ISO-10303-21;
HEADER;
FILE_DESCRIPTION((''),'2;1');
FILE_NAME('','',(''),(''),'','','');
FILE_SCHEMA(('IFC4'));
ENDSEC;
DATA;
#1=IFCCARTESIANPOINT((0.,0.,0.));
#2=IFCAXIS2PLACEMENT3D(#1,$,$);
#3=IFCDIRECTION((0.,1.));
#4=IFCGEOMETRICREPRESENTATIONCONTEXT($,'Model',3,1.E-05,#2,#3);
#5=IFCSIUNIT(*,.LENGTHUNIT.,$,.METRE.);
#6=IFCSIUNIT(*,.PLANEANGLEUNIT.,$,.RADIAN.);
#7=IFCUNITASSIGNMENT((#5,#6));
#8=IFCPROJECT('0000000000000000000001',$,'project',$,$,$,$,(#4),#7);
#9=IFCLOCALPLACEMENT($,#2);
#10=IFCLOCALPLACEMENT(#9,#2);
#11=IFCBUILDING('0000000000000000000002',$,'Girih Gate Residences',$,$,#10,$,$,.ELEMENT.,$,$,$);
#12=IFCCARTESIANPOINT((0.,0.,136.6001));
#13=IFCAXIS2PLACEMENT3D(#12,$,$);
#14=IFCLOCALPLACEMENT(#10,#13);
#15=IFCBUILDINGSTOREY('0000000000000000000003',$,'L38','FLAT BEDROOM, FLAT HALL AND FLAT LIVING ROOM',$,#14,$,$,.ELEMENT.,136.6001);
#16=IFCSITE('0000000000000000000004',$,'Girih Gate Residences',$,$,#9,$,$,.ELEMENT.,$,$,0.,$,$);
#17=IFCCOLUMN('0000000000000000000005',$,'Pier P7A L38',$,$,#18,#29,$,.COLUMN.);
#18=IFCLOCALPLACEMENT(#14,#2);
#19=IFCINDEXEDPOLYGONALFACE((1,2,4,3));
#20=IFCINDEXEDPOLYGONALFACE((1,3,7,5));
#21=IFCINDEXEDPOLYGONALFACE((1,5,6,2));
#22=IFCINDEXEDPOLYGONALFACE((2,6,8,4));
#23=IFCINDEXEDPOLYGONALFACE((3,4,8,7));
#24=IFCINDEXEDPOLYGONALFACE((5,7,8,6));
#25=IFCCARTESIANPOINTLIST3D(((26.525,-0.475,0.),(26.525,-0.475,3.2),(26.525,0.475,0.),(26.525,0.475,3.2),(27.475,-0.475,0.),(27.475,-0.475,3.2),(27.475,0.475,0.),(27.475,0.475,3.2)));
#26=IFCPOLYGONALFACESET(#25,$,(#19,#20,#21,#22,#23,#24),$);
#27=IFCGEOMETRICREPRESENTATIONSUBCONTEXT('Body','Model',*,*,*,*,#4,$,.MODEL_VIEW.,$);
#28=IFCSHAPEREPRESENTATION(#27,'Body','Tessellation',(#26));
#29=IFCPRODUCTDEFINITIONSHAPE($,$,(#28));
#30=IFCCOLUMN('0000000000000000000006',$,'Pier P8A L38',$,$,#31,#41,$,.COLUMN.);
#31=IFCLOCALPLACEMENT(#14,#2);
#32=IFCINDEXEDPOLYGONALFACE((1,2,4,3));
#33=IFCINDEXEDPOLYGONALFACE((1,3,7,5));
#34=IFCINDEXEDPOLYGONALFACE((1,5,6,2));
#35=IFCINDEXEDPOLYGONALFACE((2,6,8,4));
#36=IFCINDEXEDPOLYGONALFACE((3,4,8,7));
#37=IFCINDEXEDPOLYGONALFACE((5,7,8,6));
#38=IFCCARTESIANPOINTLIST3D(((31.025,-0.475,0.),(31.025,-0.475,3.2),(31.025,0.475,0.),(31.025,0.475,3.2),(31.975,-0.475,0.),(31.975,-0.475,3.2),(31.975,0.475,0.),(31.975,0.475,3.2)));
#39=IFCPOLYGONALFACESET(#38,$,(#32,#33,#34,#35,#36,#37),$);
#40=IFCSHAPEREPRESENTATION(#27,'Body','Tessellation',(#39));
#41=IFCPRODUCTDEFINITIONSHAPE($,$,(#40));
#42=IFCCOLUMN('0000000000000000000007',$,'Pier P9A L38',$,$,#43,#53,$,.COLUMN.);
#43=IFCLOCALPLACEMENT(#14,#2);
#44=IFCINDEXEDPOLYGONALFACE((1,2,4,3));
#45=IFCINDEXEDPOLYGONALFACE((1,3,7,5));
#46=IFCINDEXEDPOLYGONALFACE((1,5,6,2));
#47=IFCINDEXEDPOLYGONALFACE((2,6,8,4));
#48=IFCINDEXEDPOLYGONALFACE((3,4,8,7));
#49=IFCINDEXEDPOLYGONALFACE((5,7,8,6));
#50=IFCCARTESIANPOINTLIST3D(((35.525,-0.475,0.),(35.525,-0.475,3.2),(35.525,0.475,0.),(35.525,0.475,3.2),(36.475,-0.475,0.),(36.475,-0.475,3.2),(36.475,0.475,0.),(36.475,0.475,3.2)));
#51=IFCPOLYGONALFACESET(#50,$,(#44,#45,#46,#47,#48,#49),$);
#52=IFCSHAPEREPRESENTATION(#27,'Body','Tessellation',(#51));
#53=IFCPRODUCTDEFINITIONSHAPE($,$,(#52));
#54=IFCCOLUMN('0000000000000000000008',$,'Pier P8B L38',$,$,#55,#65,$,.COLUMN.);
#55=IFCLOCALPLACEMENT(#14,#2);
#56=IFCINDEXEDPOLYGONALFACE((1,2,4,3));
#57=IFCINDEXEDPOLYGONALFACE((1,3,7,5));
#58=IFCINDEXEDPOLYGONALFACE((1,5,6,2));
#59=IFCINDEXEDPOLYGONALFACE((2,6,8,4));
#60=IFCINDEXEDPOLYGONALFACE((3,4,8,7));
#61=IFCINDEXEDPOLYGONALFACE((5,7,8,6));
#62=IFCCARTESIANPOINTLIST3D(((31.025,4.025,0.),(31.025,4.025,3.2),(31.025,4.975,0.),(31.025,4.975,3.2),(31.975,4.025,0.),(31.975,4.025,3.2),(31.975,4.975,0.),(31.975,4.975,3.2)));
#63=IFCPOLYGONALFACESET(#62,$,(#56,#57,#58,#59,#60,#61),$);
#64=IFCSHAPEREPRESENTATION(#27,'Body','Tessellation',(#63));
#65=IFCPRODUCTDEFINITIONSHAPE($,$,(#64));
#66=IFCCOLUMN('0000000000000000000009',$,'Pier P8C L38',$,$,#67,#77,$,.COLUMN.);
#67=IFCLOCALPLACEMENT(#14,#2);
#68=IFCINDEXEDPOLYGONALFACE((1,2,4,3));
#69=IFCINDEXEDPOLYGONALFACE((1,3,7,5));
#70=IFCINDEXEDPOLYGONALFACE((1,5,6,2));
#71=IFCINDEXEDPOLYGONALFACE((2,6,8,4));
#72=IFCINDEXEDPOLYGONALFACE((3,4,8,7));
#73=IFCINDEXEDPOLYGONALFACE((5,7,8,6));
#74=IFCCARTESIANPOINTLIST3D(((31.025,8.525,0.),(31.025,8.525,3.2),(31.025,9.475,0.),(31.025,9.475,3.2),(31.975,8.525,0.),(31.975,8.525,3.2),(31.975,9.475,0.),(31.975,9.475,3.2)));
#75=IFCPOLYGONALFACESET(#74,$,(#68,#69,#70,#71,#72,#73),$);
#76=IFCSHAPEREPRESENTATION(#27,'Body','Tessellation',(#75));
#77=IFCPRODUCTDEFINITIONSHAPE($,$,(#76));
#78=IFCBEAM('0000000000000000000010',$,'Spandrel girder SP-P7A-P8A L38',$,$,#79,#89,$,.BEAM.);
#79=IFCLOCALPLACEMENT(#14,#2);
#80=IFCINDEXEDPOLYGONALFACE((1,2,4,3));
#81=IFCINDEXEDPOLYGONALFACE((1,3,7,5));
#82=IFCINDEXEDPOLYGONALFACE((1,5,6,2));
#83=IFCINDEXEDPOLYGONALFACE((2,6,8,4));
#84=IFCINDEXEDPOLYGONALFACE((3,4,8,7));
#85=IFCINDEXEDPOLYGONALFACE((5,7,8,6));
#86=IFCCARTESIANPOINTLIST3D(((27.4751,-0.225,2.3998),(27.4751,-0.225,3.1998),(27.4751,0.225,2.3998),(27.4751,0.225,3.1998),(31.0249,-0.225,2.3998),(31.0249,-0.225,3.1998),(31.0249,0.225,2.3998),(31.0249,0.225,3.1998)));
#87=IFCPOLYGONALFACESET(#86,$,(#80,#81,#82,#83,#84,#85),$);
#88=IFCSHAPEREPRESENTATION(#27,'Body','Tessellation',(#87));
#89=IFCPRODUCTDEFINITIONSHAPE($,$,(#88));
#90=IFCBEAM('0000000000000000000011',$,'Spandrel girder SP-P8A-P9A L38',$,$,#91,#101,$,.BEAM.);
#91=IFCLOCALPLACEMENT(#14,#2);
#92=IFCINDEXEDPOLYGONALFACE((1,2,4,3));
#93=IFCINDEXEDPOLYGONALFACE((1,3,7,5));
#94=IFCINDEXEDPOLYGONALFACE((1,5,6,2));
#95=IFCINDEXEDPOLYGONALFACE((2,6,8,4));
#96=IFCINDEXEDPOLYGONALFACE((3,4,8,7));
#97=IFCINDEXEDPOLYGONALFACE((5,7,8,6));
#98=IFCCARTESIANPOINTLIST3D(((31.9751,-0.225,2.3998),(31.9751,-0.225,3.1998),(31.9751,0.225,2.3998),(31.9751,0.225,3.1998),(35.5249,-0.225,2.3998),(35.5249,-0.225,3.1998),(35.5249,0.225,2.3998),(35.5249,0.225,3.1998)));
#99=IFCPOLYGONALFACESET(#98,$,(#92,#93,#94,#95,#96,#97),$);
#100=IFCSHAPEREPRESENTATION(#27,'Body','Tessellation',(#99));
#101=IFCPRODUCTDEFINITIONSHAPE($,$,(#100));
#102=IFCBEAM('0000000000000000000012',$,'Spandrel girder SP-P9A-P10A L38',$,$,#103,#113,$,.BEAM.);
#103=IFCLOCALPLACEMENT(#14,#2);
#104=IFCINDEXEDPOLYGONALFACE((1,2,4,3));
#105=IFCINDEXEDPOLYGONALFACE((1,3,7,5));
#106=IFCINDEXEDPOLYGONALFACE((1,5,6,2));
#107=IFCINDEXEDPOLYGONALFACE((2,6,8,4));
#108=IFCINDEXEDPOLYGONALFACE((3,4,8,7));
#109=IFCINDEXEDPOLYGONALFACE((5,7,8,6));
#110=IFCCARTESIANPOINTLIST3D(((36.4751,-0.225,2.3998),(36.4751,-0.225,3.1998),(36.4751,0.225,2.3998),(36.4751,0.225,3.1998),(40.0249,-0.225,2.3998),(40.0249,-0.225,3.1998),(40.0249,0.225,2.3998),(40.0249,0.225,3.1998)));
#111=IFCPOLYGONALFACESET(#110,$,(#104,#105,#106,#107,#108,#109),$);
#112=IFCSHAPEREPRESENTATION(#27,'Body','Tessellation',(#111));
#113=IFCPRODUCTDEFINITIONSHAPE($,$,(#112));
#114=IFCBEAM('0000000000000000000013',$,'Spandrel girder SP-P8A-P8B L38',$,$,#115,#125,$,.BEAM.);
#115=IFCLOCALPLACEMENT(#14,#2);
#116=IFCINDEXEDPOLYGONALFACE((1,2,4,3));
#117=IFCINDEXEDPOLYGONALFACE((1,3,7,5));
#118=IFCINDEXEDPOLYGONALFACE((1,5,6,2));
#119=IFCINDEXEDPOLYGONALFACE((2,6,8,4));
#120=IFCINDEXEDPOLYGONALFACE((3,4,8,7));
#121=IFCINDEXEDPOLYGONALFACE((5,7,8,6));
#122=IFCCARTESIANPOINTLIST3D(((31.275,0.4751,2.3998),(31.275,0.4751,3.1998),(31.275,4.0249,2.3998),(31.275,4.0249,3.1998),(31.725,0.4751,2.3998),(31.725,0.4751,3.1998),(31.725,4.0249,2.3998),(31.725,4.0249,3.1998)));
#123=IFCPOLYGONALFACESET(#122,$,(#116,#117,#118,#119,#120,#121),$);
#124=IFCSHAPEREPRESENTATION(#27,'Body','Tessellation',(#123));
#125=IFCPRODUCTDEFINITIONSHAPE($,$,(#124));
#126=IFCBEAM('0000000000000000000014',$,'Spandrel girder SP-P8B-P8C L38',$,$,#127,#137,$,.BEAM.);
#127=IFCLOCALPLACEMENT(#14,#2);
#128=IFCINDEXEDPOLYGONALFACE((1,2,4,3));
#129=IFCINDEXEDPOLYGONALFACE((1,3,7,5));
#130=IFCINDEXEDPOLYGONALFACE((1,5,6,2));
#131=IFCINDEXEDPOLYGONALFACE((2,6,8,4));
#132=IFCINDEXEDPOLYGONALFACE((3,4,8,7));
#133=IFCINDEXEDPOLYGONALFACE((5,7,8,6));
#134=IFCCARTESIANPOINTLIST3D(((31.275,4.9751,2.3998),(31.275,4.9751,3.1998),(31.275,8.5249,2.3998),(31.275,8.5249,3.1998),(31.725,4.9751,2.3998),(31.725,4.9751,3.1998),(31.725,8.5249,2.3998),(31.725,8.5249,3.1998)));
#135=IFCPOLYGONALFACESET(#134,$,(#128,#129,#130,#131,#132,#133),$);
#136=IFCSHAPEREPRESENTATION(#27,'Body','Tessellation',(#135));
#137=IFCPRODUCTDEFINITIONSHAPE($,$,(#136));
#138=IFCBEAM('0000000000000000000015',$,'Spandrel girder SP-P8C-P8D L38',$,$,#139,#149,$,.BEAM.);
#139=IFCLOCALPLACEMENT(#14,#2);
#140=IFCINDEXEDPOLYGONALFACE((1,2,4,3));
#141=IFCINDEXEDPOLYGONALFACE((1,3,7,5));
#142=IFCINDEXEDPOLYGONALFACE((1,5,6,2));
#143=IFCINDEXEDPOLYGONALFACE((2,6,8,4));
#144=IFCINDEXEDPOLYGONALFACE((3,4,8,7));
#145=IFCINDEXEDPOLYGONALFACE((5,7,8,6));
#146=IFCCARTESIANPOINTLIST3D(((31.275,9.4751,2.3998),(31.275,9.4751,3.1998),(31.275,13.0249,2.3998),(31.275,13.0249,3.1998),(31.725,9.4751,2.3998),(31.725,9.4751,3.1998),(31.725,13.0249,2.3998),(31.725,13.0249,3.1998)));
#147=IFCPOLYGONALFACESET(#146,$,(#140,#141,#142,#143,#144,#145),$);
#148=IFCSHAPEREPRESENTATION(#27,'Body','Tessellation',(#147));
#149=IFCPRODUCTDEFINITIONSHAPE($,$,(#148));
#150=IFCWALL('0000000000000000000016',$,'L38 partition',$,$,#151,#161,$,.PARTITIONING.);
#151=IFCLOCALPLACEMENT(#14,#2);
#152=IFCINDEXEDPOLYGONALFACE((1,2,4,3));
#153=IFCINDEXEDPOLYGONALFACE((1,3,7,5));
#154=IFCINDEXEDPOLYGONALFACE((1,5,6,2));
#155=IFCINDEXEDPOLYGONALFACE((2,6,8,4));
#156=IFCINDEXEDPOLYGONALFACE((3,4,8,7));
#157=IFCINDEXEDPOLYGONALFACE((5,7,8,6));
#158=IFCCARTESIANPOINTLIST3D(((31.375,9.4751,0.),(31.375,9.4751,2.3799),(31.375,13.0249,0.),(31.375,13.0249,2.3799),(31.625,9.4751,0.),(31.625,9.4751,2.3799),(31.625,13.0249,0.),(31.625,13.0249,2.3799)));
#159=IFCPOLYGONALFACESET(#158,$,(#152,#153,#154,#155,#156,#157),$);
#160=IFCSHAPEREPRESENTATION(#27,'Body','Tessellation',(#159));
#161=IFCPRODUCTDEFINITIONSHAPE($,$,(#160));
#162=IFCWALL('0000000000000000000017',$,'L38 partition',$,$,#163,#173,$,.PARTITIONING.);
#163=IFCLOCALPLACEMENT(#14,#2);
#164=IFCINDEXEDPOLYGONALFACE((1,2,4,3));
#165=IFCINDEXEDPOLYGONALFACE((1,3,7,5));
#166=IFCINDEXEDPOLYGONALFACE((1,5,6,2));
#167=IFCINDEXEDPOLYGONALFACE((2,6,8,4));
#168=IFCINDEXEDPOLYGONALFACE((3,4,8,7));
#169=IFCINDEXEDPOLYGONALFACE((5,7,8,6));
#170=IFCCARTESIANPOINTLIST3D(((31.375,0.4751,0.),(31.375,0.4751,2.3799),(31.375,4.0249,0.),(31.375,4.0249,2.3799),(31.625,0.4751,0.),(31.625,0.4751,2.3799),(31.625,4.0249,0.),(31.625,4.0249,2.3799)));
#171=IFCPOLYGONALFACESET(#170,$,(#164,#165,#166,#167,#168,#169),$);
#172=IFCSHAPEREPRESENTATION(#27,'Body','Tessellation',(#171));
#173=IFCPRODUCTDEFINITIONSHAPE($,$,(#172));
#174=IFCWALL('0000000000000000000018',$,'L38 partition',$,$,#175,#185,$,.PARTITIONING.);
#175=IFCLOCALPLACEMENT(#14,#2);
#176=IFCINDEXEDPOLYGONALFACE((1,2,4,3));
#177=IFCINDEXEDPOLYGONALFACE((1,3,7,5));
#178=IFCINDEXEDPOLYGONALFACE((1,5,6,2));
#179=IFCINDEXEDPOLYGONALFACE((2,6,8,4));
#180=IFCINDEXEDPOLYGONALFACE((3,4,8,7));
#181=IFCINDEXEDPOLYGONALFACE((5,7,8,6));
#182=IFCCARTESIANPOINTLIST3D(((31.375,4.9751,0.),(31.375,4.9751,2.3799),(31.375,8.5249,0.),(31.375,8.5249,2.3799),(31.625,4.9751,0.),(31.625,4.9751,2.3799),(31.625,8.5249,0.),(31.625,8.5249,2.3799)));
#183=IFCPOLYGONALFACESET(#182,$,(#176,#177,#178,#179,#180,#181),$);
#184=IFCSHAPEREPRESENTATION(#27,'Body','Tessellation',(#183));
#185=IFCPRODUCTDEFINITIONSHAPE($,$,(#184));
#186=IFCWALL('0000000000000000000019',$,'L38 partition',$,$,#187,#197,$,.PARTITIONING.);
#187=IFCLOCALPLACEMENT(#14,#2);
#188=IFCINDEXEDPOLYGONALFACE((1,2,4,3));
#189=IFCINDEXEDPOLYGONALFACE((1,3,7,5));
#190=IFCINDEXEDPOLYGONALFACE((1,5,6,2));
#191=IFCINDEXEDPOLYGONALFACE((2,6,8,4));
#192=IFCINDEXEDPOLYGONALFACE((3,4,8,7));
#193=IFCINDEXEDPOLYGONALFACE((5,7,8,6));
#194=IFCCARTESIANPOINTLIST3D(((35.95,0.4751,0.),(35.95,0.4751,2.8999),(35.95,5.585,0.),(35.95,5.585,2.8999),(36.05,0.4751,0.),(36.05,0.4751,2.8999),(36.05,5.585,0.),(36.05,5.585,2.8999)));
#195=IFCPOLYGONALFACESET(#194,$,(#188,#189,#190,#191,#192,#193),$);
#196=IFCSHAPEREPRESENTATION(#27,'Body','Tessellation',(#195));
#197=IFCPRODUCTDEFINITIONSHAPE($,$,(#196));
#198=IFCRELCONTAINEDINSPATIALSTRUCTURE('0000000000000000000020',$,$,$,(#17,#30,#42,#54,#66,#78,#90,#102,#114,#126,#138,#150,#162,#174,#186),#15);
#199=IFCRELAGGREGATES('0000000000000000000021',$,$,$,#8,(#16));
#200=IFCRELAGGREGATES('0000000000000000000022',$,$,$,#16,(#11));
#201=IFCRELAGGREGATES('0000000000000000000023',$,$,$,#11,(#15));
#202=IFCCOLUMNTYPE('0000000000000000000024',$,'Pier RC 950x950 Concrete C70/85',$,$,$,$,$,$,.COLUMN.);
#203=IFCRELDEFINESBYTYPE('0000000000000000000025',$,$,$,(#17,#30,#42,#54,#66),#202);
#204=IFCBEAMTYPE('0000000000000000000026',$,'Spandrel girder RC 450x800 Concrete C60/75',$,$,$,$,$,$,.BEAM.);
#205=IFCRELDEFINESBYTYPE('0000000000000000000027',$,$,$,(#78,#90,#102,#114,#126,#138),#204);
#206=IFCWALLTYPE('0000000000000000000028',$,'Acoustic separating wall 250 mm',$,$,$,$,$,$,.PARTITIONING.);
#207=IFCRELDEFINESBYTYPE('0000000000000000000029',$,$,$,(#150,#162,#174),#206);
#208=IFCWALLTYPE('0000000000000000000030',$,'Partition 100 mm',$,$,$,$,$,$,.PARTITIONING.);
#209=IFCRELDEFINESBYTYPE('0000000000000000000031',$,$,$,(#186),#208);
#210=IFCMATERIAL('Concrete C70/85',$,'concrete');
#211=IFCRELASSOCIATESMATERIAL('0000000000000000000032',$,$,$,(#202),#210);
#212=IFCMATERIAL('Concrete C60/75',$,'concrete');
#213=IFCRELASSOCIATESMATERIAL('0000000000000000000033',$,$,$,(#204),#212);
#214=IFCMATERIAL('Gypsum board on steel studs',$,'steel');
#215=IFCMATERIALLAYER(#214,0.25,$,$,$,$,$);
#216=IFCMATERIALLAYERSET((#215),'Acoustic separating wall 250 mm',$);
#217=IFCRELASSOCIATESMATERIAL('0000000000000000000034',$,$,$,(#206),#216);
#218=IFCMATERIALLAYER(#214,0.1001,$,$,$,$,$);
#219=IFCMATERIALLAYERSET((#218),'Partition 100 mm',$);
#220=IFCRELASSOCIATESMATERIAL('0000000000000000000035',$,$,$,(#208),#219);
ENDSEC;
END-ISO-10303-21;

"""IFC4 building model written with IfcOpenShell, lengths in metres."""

from ifc_helpers import new_model, si_unit, direction, frame, frame_2d, origin, origin_2d, place, context, subcontext, project, spatial, rectangle, extrude, material, layer, layer_set, material_profile, profile_set, type_object, element, save


model = new_model("IFC4")

# Units and contexts
model_context = context("Model", 3, precision=1e-05, world=origin(), true_north=direction((0.0, 1.0)))
body_context = subcontext(model_context, "Body", "Model", "MODEL_VIEW")
ifc_project = project(units=[si_unit("LENGTHUNIT", "METRE"), si_unit("PLANEANGLEUNIT", "RADIAN")], contexts=[model_context])

# Site, building, storey
site_placement = place(None, origin())
site = spatial("IfcSite", under=ifc_project, at=site_placement, Name="Girih Gate Residences", CompositionType="ELEMENT", RefElevation=0.0)
building_placement = place(site_placement, origin())
building = spatial("IfcBuilding", under=site, at=building_placement, Name="Girih Gate Residences", CompositionType="ELEMENT")
storey_placement = place(building_placement, frame((0.0, 0.0, 136.6001)))
storey = spatial("IfcBuildingStorey", under=building, at=storey_placement, Name="L38", Description="FLAT BEDROOM, FLAT HALL AND FLAT LIVING ROOM", CompositionType="ELEMENT", Elevation=136.6001)

# Columns
ifc_material_1 = material(Name="Concrete C70/85", Category="concrete")
ifc_material_profile_1 = material_profile(ifc_material_1, rectangle(XDim=0.95, YDim=0.95, at=origin_2d()))
ifc_profile_set_1 = profile_set([ifc_material_profile_1], Name="Concrete C70/85")
column_type = type_object("IfcColumnType", Name="Pier RC 950x950 Concrete C70/85", PredefinedType="COLUMN", material=ifc_profile_set_1)
for number, where, z_axis, x_axis, name in (
    (1, (27.0, 0.0, 0.0), (0.0, 0.0, 1.0), (1.0, 0.0, 0.0), "Pier P7A L38"),
    (2, (31.5, 0.0, 0.0), (0.0, 0.0, 1.0), (1.0, 0.0, 0.0), "Pier P8A L38"),
    (3, (36.0, 0.0, 0.0), (0.0, 0.0, 1.0), (1.0, 0.0, 0.0), "Pier P9A L38"),
    (4, (31.5, 4.5, 0.0), (0.0, 0.0, 1.0), (1.0, 0.0, 0.0), "Pier P8B L38"),
    (5, (31.5, 9.0, 0.0), (0.0, 0.0, 1.0), (1.0, 0.0, 0.0), "Pier P8C L38"),
):
    element("IfcColumn", number, at=place(storey_placement, frame(where, z_axis=z_axis, x_axis=x_axis)), inside=storey, type_object=column_type, Name=name, PredefinedType="COLUMN", context=body_context, shape_type="SweptSolid", body=[
        extrude(rectangle(XDim=0.95, YDim=0.95, at=origin_2d()), origin(), (0.0, 0.0, 1.0), 3.2),
    ])

# Beams
ifc_material_2 = material(Name="Concrete C60/75", Category="concrete")
ifc_material_profile_2 = material_profile(ifc_material_2, rectangle(XDim=0.45, YDim=0.8, at=origin_2d()))
ifc_profile_set_2 = profile_set([ifc_material_profile_2], Name="Concrete C60/75")
beam_type = type_object("IfcBeamType", Name="Spandrel girder RC 450x800 Concrete C60/75", PredefinedType="BEAM", material=ifc_profile_set_2)
for number, where, z_axis, x_axis, name in (
    (6, (27.4751, 0.0, 2.7998), (1.0, 0.0, 0.0), (0.0, 1.0, 0.0), "Spandrel girder SP-P7A-P8A L38"),
    (7, (31.9751, 0.0, 2.7998), (1.0, 0.0, 0.0), (0.0, 1.0, 0.0), "Spandrel girder SP-P8A-P9A L38"),
    (8, (36.4751, 0.0, 2.7998), (1.0, 0.0, 0.0), (0.0, 1.0, 0.0), "Spandrel girder SP-P9A-P10A L38"),
    (9, (31.5, 0.4751, 2.7998), (0.0, 1.0, 0.0), (-1.0, 0.0, 0.0), "Spandrel girder SP-P8A-P8B L38"),
    (10, (31.5, 4.9751, 2.7998), (0.0, 1.0, 0.0), (-1.0, 0.0, 0.0), "Spandrel girder SP-P8B-P8C L38"),
    (11, (31.5, 9.4751, 2.7998), (0.0, 1.0, 0.0), (-1.0, 0.0, 0.0), "Spandrel girder SP-P8C-P8D L38"),
):
    element("IfcBeam", number, at=place(storey_placement, frame(where, z_axis=z_axis, x_axis=x_axis)), inside=storey, type_object=beam_type, Name=name, PredefinedType="BEAM", context=body_context, shape_type="SweptSolid", body=[
        extrude(rectangle(XDim=0.45, YDim=0.8, at=origin_2d()), origin(), (0.0, 0.0, 1.0), 3.5498),
    ])

# Walls
ifc_material_3 = material(Name="Gypsum board on steel studs", Category="steel")
ifc_layer_1 = layer(ifc_material_3, 0.25)
ifc_layer_set_1 = layer_set([ifc_layer_1], Name="Acoustic separating wall 250 mm")
wall_type_1 = type_object("IfcWallType", Name="Acoustic separating wall 250 mm", PredefinedType="PARTITIONING", material=ifc_layer_set_1)
for number, where, z_axis, x_axis, name in (
    (12, (31.5, 9.4751, 0.0), (0.0, 0.0, 1.0), (0.0, 1.0, 0.0), "L38 partition"),
    (13, (31.5, 0.4751, 0.0), (0.0, 0.0, 1.0), (0.0, 1.0, 0.0), "L38 partition"),
    (14, (31.5, 4.9751, 0.0), (0.0, 0.0, 1.0), (0.0, 1.0, 0.0), "L38 partition"),
):
    element("IfcWall", number, at=place(storey_placement, frame(where, z_axis=z_axis, x_axis=x_axis)), inside=storey, type_object=wall_type_1, Name=name, PredefinedType="PARTITIONING", context=body_context, shape_type="SweptSolid", body=[
        extrude(rectangle(XDim=3.5498, YDim=0.25, at=frame_2d((1.7749, 0.0))), origin(), (0.0, 0.0, 1.0), 2.3799),
    ])
ifc_layer_2 = layer(ifc_material_3, 0.1001)
ifc_layer_set_2 = layer_set([ifc_layer_2], Name="Partition 100 mm")
wall_type_2 = type_object("IfcWallType", Name="Partition 100 mm", PredefinedType="PARTITIONING", material=ifc_layer_set_2)
wall_1_placement = place(storey_placement, frame((36.0, 0.4751, 0.0), z_axis=(0.0, 0.0, 1.0), x_axis=(0.0, 1.0, 0.0)))
element("IfcWall", 15, at=wall_1_placement, inside=storey, type_object=wall_type_2, Name="L38 partition", PredefinedType="PARTITIONING", context=body_context, shape_type="SweptSolid", body=[
    extrude(rectangle(XDim=5.1099, YDim=0.1001, at=frame_2d((2.5549, 0.0))), origin(), (0.0, 0.0, 1.0), 2.8999),
])

save(model, "model.ifc")
